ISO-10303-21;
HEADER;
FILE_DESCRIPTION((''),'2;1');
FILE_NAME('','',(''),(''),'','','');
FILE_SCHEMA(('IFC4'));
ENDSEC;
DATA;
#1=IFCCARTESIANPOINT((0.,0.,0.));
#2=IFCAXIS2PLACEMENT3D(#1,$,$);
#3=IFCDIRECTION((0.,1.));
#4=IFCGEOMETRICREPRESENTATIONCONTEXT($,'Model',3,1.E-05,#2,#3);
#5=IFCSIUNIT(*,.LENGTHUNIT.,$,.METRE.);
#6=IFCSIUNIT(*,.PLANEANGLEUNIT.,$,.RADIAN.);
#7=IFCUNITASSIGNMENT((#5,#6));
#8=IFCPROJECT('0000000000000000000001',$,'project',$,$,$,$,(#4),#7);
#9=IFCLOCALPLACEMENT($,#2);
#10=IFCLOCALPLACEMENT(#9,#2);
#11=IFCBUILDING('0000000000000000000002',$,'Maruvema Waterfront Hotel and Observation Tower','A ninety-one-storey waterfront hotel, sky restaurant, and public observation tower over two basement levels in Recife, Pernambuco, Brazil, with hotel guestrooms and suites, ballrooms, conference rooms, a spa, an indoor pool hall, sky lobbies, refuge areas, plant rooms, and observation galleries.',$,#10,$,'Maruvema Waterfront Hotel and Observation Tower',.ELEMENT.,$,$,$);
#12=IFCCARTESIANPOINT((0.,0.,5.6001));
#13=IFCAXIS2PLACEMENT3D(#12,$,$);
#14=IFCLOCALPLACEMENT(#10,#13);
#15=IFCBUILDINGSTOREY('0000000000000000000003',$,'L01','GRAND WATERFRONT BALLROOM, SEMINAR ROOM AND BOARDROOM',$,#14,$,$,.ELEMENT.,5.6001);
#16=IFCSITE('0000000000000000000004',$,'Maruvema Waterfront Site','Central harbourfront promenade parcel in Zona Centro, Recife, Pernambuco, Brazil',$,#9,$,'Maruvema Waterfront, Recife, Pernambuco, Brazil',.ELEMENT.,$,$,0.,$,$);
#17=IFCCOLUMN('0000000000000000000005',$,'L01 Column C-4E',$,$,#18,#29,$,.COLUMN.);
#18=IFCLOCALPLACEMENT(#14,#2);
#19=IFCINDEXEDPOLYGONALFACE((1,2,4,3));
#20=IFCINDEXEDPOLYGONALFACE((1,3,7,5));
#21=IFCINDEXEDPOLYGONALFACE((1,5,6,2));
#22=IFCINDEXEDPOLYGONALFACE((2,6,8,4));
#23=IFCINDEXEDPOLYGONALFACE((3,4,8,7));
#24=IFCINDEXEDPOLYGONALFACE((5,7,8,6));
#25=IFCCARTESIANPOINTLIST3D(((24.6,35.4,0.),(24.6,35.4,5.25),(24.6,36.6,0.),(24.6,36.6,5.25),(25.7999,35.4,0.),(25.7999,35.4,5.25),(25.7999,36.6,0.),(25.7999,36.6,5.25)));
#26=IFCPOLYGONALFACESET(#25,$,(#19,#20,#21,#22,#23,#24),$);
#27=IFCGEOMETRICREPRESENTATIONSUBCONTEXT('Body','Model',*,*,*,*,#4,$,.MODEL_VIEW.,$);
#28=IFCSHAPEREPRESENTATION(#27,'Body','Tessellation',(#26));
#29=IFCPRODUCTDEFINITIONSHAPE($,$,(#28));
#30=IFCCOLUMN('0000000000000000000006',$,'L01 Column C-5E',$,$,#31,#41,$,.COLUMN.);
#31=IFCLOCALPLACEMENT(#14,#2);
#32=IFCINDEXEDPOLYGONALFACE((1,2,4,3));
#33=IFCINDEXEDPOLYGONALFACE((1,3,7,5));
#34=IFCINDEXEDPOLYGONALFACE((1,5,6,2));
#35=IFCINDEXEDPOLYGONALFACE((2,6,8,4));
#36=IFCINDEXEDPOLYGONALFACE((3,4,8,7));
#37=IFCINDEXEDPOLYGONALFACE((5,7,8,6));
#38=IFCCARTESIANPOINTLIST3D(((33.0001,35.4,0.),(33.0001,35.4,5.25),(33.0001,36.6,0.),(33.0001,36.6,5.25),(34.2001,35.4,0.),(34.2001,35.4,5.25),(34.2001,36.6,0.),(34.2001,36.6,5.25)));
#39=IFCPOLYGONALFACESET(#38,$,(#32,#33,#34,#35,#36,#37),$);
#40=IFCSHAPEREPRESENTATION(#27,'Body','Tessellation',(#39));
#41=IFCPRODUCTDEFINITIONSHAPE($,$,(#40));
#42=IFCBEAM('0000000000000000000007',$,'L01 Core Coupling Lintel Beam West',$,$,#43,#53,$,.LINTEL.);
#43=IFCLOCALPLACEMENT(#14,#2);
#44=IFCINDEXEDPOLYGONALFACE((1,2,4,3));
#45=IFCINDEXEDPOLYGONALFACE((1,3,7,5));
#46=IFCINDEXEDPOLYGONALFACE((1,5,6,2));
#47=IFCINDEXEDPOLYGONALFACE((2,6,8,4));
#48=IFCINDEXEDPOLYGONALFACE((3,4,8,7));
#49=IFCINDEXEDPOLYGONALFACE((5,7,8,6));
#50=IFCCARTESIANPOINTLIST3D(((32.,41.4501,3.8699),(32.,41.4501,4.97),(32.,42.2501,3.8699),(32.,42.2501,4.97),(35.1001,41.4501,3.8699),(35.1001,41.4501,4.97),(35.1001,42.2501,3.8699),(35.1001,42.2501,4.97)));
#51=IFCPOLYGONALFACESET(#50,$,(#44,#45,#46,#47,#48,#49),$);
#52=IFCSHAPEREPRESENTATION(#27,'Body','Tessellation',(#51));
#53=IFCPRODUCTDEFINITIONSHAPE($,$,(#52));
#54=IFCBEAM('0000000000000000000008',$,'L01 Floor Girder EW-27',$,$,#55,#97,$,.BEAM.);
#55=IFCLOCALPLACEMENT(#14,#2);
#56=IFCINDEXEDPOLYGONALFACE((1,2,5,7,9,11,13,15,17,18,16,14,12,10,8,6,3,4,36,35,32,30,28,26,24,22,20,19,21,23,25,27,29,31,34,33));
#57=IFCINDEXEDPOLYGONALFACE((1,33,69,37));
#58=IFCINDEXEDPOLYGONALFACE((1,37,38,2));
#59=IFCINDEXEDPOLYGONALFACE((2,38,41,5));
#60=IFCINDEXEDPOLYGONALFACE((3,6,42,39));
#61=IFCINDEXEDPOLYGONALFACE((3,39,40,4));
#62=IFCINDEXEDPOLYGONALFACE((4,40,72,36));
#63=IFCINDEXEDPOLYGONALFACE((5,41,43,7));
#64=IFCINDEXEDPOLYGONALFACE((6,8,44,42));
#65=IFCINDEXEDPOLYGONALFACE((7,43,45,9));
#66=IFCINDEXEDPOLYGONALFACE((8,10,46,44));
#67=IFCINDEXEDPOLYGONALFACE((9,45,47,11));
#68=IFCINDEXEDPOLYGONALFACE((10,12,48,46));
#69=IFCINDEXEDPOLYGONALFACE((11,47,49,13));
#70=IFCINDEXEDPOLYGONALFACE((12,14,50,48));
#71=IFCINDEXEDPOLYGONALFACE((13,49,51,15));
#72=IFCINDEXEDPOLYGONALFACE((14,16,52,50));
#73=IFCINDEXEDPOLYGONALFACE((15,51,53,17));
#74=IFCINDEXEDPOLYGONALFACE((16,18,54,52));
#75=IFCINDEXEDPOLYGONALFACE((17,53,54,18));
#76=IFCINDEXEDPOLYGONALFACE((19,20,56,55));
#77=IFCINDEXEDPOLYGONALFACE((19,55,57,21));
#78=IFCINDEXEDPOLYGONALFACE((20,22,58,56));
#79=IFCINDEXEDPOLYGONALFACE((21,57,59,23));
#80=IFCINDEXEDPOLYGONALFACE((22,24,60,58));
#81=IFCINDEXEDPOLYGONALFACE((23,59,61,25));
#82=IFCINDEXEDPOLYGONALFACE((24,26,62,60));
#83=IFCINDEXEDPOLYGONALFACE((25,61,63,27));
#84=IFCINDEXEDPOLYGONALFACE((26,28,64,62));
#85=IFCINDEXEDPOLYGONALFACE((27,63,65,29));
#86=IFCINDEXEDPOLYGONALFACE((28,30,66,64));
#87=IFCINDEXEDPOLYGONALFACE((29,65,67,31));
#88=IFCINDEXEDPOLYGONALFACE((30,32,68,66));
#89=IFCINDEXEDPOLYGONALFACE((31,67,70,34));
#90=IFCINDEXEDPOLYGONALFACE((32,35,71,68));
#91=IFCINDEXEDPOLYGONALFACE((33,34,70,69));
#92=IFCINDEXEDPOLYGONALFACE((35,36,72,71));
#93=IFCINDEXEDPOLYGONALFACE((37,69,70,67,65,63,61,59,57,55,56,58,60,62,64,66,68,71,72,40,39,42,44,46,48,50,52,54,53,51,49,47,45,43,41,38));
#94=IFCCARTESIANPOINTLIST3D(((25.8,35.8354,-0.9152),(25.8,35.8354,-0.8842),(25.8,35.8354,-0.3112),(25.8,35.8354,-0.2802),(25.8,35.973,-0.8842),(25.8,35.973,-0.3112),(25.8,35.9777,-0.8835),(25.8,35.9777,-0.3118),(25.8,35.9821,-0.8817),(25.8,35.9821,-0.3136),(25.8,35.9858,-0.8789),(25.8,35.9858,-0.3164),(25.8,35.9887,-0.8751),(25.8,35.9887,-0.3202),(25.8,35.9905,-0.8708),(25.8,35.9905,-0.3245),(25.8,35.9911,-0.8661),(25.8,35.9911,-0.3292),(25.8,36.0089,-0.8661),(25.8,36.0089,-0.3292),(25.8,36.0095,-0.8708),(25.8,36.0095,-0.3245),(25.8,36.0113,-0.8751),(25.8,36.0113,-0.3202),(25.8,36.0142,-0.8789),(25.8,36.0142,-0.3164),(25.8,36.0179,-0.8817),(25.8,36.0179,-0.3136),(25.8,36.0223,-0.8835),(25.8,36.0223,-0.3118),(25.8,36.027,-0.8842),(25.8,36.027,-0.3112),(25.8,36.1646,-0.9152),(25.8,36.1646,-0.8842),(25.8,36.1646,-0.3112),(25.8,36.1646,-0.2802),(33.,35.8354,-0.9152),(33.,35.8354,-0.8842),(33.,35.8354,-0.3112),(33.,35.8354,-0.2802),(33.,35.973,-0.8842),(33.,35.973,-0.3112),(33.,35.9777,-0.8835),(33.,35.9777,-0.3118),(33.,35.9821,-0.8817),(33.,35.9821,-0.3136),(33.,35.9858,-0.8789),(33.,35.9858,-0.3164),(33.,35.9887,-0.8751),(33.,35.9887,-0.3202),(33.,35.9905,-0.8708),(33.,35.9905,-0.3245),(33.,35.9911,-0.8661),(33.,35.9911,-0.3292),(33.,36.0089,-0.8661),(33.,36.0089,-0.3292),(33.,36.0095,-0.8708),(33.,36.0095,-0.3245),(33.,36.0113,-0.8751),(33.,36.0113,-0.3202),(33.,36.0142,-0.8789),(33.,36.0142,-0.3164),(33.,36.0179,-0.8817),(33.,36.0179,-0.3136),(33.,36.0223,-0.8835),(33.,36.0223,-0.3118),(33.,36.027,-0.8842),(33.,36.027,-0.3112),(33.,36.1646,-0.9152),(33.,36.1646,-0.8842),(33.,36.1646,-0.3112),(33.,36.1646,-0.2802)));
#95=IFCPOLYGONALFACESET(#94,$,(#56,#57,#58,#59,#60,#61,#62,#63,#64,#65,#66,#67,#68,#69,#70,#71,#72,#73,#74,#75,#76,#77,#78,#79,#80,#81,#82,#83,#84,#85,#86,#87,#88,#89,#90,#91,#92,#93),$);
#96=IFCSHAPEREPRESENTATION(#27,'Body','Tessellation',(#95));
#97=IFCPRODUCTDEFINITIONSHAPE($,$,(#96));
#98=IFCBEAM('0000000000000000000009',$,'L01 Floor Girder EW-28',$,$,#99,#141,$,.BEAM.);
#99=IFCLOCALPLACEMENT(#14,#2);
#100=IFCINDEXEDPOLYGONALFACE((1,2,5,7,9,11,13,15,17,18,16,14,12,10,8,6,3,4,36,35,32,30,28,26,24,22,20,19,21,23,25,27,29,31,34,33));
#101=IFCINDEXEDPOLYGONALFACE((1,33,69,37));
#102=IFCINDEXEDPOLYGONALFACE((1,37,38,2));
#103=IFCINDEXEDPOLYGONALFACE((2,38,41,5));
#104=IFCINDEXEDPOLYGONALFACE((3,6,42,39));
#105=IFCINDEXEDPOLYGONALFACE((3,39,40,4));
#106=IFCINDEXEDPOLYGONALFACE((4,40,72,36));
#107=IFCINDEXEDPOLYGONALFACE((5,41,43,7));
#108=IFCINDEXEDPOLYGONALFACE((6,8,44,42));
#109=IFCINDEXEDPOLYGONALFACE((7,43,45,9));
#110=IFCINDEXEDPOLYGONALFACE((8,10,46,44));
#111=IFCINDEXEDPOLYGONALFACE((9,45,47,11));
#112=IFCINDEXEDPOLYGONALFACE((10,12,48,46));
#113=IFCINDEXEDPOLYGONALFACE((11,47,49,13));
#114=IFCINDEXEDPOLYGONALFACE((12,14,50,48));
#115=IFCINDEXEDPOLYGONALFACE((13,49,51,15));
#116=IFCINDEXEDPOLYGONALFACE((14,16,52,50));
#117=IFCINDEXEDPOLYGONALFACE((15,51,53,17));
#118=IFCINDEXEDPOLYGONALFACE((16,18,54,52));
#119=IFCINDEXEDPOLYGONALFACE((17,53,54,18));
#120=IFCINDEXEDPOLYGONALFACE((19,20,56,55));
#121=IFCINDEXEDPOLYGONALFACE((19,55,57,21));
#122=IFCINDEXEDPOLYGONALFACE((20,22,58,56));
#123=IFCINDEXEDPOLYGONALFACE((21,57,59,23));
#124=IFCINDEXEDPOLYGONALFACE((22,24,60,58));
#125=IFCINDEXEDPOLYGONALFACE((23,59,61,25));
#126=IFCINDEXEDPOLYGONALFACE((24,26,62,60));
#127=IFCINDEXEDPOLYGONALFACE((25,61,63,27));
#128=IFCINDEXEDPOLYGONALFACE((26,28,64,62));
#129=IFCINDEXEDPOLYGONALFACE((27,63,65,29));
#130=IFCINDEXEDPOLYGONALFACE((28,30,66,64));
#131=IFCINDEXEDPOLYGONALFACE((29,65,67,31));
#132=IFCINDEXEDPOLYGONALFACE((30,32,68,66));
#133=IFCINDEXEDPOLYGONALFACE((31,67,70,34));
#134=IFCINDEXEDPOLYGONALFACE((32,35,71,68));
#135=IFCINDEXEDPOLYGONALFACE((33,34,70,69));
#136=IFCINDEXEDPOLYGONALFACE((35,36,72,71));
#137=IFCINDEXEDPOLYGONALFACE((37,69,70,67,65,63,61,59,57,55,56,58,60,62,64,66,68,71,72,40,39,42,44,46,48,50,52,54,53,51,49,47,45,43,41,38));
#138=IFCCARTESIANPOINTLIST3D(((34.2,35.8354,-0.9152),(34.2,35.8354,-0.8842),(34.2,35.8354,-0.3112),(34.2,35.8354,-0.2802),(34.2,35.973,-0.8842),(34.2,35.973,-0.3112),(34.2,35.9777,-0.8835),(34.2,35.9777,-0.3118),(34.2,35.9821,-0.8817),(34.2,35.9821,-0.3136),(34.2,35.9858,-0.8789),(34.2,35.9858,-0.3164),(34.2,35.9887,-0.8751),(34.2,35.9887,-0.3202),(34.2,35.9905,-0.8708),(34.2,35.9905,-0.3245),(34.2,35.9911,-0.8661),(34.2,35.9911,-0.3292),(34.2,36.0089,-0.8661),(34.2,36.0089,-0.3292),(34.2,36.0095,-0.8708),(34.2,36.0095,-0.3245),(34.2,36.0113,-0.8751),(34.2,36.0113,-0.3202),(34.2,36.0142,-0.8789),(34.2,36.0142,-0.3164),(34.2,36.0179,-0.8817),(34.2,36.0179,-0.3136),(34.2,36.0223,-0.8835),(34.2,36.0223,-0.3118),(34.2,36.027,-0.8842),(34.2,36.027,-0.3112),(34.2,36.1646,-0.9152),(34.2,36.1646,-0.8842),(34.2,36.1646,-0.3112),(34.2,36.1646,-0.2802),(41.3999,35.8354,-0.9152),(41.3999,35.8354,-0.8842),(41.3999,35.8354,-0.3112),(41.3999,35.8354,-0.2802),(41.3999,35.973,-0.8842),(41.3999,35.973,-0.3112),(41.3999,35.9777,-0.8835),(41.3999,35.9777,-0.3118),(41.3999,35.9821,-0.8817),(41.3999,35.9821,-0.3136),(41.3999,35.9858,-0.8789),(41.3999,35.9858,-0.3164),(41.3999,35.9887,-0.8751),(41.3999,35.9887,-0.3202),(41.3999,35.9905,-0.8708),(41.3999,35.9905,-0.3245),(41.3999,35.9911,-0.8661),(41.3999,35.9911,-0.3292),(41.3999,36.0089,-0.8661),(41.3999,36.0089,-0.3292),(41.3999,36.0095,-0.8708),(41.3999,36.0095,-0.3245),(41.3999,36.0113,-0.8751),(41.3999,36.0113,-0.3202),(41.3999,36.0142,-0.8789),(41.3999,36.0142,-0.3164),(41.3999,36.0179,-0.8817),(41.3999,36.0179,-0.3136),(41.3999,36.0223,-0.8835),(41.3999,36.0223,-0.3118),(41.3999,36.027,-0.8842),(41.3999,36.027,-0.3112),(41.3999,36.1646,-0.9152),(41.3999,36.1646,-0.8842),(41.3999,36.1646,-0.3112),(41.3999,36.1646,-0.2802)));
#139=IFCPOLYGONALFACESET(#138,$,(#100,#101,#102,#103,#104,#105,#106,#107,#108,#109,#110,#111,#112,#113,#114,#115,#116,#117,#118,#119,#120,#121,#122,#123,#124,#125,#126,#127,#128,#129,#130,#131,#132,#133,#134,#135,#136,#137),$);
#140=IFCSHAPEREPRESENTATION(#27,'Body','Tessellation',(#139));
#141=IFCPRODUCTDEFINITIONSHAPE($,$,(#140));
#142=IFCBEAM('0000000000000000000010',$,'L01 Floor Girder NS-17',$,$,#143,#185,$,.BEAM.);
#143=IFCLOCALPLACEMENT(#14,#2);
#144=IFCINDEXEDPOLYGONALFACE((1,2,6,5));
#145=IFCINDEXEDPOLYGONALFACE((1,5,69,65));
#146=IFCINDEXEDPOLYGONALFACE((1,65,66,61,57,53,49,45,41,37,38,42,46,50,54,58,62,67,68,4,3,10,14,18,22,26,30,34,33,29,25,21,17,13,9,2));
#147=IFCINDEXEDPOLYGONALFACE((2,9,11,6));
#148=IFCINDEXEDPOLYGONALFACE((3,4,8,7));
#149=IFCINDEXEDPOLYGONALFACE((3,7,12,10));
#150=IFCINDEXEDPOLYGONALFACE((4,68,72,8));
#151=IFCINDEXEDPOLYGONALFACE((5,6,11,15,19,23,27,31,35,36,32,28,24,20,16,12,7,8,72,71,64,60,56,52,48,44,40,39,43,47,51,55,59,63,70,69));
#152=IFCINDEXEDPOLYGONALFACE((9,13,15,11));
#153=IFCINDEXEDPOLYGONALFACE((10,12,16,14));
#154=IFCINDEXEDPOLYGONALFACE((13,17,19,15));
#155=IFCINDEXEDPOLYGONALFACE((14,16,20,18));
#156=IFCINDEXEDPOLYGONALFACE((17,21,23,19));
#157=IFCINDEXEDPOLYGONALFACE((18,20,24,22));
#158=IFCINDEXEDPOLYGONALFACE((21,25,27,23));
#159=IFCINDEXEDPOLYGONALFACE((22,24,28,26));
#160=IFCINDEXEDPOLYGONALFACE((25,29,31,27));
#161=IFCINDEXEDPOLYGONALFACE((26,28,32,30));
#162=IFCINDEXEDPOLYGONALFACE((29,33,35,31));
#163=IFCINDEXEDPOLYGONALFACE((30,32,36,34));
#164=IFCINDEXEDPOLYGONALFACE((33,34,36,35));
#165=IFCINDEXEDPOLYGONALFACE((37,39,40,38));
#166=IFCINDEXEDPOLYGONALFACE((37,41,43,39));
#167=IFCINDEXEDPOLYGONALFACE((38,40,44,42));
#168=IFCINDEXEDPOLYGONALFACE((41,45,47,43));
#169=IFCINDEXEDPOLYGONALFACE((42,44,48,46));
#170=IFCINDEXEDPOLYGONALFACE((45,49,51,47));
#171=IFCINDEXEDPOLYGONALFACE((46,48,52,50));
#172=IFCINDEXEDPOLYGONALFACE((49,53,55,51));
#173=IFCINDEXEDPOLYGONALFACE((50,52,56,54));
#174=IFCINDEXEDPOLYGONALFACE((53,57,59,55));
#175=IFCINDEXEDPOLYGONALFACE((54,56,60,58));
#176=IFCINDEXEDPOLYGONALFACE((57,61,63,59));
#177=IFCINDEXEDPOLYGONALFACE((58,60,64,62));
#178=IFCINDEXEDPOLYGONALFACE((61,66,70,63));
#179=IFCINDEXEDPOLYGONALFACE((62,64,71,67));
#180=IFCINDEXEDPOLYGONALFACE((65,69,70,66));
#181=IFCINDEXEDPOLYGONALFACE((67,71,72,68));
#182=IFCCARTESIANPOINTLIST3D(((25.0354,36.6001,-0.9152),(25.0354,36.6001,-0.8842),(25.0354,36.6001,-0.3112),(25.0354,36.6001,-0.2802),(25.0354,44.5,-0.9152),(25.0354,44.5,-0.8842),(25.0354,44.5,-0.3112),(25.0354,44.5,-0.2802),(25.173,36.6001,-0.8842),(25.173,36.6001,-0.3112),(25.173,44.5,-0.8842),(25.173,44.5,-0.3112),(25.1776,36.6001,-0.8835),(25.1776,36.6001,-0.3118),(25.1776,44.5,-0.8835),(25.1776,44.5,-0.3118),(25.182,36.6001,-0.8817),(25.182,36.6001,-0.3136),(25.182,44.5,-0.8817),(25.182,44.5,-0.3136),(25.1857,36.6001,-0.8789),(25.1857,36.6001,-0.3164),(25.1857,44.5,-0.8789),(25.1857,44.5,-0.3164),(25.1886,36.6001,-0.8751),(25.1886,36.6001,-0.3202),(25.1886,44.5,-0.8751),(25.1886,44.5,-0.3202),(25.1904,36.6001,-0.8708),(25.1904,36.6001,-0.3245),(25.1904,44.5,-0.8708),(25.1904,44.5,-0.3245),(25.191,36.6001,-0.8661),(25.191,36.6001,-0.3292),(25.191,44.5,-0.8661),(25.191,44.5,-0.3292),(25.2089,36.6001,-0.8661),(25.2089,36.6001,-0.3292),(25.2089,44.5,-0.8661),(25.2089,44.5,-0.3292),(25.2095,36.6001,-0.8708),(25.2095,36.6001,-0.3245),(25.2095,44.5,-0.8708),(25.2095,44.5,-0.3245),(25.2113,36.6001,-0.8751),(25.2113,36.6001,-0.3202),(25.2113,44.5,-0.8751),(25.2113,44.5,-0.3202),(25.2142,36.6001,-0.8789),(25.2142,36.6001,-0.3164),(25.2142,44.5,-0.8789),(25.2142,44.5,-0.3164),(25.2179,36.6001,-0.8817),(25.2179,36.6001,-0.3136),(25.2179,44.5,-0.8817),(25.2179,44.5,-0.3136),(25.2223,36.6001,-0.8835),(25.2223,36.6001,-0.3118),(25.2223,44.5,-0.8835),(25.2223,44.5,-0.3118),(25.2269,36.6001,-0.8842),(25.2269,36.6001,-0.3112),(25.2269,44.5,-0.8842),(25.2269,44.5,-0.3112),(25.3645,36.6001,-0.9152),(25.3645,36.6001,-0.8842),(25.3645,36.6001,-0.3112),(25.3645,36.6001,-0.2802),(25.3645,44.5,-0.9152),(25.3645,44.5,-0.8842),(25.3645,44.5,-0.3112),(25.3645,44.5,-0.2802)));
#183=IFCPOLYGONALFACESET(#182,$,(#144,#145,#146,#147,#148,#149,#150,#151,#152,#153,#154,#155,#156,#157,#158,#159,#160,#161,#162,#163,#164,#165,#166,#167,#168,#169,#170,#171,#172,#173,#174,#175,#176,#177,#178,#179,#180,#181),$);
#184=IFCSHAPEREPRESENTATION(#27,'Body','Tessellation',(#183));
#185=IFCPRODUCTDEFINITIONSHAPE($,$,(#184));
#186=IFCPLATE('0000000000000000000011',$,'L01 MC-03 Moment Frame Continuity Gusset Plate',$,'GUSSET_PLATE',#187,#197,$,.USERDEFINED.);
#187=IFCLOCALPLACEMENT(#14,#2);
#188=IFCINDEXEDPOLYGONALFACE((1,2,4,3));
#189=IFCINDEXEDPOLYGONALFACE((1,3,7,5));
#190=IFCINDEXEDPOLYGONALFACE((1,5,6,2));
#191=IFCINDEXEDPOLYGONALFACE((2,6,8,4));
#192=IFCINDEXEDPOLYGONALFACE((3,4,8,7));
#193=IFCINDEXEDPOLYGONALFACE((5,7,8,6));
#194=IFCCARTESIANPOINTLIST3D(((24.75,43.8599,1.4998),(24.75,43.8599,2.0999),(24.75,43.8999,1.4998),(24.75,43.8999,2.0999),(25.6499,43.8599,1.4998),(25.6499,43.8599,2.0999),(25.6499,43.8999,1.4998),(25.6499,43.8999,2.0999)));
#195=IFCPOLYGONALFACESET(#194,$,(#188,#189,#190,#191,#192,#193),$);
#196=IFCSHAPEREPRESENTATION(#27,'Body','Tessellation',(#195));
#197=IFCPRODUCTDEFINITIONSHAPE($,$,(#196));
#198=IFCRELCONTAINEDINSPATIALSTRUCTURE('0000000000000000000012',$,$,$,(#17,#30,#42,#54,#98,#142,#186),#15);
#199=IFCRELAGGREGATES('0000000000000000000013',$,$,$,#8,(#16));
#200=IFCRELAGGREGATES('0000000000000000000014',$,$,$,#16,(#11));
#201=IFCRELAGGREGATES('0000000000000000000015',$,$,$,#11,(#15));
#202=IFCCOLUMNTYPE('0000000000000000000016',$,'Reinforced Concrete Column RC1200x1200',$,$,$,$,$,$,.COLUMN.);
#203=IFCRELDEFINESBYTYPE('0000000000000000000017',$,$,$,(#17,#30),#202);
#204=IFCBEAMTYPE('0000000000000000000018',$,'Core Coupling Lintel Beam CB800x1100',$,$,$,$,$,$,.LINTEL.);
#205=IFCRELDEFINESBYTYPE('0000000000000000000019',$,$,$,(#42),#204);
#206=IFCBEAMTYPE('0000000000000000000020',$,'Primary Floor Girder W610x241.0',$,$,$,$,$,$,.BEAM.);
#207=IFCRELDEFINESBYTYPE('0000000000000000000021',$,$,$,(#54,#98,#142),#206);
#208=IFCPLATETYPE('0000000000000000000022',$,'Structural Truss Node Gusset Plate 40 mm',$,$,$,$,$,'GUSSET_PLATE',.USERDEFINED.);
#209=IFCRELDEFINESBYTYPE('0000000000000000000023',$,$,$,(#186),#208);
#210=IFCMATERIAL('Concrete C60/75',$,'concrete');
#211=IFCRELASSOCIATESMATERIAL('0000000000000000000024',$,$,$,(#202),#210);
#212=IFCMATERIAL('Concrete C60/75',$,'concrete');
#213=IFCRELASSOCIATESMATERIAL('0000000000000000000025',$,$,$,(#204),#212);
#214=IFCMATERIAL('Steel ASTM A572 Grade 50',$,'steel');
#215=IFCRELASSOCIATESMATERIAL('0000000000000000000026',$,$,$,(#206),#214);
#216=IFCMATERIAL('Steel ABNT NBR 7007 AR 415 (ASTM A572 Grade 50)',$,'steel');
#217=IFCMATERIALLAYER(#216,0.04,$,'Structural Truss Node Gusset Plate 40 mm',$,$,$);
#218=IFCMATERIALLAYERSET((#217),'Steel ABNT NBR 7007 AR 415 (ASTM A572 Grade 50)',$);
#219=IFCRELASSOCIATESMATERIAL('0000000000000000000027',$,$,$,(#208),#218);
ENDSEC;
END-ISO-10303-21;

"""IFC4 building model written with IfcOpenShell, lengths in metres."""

from ifc_helpers import new_model, si_unit, direction, frame, origin, origin_2d, place, context, subcontext, project, spatial, rectangle, i_section, extrude, material, layer, layer_set, material_profile, profile_set, type_object, element, save


model = new_model("IFC4")

# Units and contexts
model_context = context("Model", 3, precision=1e-05, world=origin(), true_north=direction((0.0, 1.0)))
body_context = subcontext(model_context, "Body", "Model", "MODEL_VIEW")
ifc_project = project(units=[si_unit("LENGTHUNIT", "METRE"), si_unit("PLANEANGLEUNIT", "RADIAN")], contexts=[model_context])

# Site, building, storey
site_placement = place(None, origin())
site = spatial("IfcSite", under=ifc_project, at=site_placement, Name="Maruvema Waterfront Site", Description="Central harbourfront promenade parcel in Zona Centro, Recife, Pernambuco, Brazil", LongName="Maruvema Waterfront, Recife, Pernambuco, Brazil", CompositionType="ELEMENT", RefElevation=0.0)
building_placement = place(site_placement, origin())
building = spatial("IfcBuilding", under=site, at=building_placement, Name="Maruvema Waterfront Hotel and Observation Tower", Description="A ninety-one-storey waterfront hotel, sky restaurant, and public observation tower over two basement levels in Recife, Pernambuco, Brazil, with hotel guestrooms and suites, ballrooms, conference rooms, a spa, an indoor pool hall, sky lobbies, refuge areas, plant rooms, and observation galleries.", LongName="Maruvema Waterfront Hotel and Observation Tower", CompositionType="ELEMENT")
storey_placement = place(building_placement, frame((0.0, 0.0, 5.6001)))
storey = spatial("IfcBuildingStorey", under=building, at=storey_placement, Name="L01", Description="GRAND WATERFRONT BALLROOM, SEMINAR ROOM AND BOARDROOM", CompositionType="ELEMENT", Elevation=5.6001)

# Columns
ifc_material_1 = material(Name="Concrete C60/75", Category="concrete")
ifc_material_profile_1 = material_profile(ifc_material_1, rectangle(XDim=1.2, YDim=1.2, at=origin_2d()), Name="RC1200x1200")
ifc_profile_set_1 = profile_set([ifc_material_profile_1], Name="Concrete C60/75")
column_type = type_object("IfcColumnType", Name="Reinforced Concrete Column RC1200x1200", PredefinedType="COLUMN", material=ifc_profile_set_1)
for number, where, z_axis, x_axis, name in (
    (1, (25.2, 36.0, 0.0), (0.0, 0.0, 1.0), (1.0, 0.0, 0.0), "L01 Column C-4E"),
    (2, (33.6001, 36.0, 0.0), (0.0, 0.0, 1.0), (1.0, 0.0, 0.0), "L01 Column C-5E"),
):
    element("IfcColumn", number, at=place(storey_placement, frame(where, z_axis=z_axis, x_axis=x_axis)), inside=storey, type_object=column_type, Name=name, PredefinedType="COLUMN", context=body_context, shape_type="SweptSolid", body=[
        extrude(rectangle(XDim=1.2, YDim=1.2, at=origin_2d()), origin(), (0.0, 0.0, 1.0), 5.25),
    ])

# Beams
ifc_material_2 = material(Name="Concrete C60/75", Category="concrete")
ifc_material_profile_2 = material_profile(ifc_material_2, rectangle(XDim=0.8, YDim=1.1001, at=origin_2d()), Name="CB800x1100")
ifc_profile_set_2 = profile_set([ifc_material_profile_2], Name="Concrete C60/75")
beam_type_1 = type_object("IfcBeamType", Name="Core Coupling Lintel Beam CB800x1100", PredefinedType="LINTEL", material=ifc_profile_set_2)
beam_1_placement = place(storey_placement, frame((32.0, 41.8501, 4.4199), z_axis=(1.0, 0.0, 0.0), x_axis=(0.0, 1.0, 0.0)))
element("IfcBeam", 3, at=beam_1_placement, inside=storey, type_object=beam_type_1, Name="L01 Core Coupling Lintel Beam West", PredefinedType="LINTEL", context=body_context, shape_type="SweptSolid", body=[
    extrude(rectangle(XDim=0.8, YDim=1.1001, at=origin_2d()), origin(), (0.0, 0.0, 1.0), 3.1001),
])
ifc_material_3 = material(Name="Steel ASTM A572 Grade 50", Category="steel")
ifc_material_profile_3 = material_profile(ifc_material_3, i_section(OverallWidth=0.3291, OverallDepth=0.635, WebThickness=0.0178, FlangeThickness=0.031, FilletRadius=0.0181, at=origin_2d()), Name="W610x241.0")
ifc_profile_set_3 = profile_set([ifc_material_profile_3], Name="Steel ASTM A572 Grade 50")
beam_type_2 = type_object("IfcBeamType", Name="Primary Floor Girder W610x241.0", PredefinedType="BEAM", material=ifc_profile_set_3)
for number, where, z_axis, x_axis, name in (
    (4, (25.8, 36.0, -0.5977), (1.0, 0.0, 0.0), (0.0, 1.0, 0.0), "L01 Floor Girder EW-27"),
    (5, (34.2, 36.0, -0.5977), (1.0, 0.0, 0.0), (0.0, 1.0, 0.0), "L01 Floor Girder EW-28"),
):
    element("IfcBeam", number, at=place(storey_placement, frame(where, z_axis=z_axis, x_axis=x_axis)), inside=storey, type_object=beam_type_2, Name=name, PredefinedType="BEAM", context=body_context, shape_type="SweptSolid", body=[
        extrude(i_section(OverallWidth=0.3291, OverallDepth=0.635, WebThickness=0.0178, FlangeThickness=0.031, FilletRadius=0.0181, at=origin_2d()), origin(), (0.0, 0.0, 1.0), 7.2),
    ])
beam_2_placement = place(storey_placement, frame((25.2, 36.6001, -0.5977), z_axis=(0.0, 1.0, 0.0), x_axis=(-1.0, 0.0, 0.0)))
element("IfcBeam", 6, at=beam_2_placement, inside=storey, type_object=beam_type_2, Name="L01 Floor Girder NS-17", PredefinedType="BEAM", context=body_context, shape_type="SweptSolid", body=[
    extrude(i_section(OverallWidth=0.3291, OverallDepth=0.635, WebThickness=0.0178, FlangeThickness=0.031, FilletRadius=0.0181, at=origin_2d()), origin(), (0.0, 0.0, 1.0), 7.8999),
])

# Plate
ifc_material_4 = material(Name="Steel ABNT NBR 7007 AR 415 (ASTM A572 Grade 50)", Category="steel")
ifc_layer_1 = layer(ifc_material_4, 0.04, Name="Structural Truss Node Gusset Plate 40 mm")
ifc_layer_set_1 = layer_set([ifc_layer_1], Name="Steel ABNT NBR 7007 AR 415 (ASTM A572 Grade 50)")
plate_type = type_object("IfcPlateType", Name="Structural Truss Node Gusset Plate 40 mm", ElementType="GUSSET_PLATE", PredefinedType="USERDEFINED", material=ifc_layer_set_1)
plate_placement = place(storey_placement, frame((25.2, 43.8799, 1.4998), z_axis=(0.0, 0.0, 1.0), x_axis=(1.0, 0.0, 0.0)))
element("IfcPlate", 7, at=plate_placement, inside=storey, type_object=plate_type, Name="L01 MC-03 Moment Frame Continuity Gusset Plate", ObjectType="GUSSET_PLATE", PredefinedType="USERDEFINED", context=body_context, shape_type="SweptSolid", body=[
    extrude(rectangle(XDim=0.8999, YDim=0.04, at=origin_2d()), origin(), (0.0, 0.0, 1.0), 0.6001),
])

save(model, "model.ifc")
